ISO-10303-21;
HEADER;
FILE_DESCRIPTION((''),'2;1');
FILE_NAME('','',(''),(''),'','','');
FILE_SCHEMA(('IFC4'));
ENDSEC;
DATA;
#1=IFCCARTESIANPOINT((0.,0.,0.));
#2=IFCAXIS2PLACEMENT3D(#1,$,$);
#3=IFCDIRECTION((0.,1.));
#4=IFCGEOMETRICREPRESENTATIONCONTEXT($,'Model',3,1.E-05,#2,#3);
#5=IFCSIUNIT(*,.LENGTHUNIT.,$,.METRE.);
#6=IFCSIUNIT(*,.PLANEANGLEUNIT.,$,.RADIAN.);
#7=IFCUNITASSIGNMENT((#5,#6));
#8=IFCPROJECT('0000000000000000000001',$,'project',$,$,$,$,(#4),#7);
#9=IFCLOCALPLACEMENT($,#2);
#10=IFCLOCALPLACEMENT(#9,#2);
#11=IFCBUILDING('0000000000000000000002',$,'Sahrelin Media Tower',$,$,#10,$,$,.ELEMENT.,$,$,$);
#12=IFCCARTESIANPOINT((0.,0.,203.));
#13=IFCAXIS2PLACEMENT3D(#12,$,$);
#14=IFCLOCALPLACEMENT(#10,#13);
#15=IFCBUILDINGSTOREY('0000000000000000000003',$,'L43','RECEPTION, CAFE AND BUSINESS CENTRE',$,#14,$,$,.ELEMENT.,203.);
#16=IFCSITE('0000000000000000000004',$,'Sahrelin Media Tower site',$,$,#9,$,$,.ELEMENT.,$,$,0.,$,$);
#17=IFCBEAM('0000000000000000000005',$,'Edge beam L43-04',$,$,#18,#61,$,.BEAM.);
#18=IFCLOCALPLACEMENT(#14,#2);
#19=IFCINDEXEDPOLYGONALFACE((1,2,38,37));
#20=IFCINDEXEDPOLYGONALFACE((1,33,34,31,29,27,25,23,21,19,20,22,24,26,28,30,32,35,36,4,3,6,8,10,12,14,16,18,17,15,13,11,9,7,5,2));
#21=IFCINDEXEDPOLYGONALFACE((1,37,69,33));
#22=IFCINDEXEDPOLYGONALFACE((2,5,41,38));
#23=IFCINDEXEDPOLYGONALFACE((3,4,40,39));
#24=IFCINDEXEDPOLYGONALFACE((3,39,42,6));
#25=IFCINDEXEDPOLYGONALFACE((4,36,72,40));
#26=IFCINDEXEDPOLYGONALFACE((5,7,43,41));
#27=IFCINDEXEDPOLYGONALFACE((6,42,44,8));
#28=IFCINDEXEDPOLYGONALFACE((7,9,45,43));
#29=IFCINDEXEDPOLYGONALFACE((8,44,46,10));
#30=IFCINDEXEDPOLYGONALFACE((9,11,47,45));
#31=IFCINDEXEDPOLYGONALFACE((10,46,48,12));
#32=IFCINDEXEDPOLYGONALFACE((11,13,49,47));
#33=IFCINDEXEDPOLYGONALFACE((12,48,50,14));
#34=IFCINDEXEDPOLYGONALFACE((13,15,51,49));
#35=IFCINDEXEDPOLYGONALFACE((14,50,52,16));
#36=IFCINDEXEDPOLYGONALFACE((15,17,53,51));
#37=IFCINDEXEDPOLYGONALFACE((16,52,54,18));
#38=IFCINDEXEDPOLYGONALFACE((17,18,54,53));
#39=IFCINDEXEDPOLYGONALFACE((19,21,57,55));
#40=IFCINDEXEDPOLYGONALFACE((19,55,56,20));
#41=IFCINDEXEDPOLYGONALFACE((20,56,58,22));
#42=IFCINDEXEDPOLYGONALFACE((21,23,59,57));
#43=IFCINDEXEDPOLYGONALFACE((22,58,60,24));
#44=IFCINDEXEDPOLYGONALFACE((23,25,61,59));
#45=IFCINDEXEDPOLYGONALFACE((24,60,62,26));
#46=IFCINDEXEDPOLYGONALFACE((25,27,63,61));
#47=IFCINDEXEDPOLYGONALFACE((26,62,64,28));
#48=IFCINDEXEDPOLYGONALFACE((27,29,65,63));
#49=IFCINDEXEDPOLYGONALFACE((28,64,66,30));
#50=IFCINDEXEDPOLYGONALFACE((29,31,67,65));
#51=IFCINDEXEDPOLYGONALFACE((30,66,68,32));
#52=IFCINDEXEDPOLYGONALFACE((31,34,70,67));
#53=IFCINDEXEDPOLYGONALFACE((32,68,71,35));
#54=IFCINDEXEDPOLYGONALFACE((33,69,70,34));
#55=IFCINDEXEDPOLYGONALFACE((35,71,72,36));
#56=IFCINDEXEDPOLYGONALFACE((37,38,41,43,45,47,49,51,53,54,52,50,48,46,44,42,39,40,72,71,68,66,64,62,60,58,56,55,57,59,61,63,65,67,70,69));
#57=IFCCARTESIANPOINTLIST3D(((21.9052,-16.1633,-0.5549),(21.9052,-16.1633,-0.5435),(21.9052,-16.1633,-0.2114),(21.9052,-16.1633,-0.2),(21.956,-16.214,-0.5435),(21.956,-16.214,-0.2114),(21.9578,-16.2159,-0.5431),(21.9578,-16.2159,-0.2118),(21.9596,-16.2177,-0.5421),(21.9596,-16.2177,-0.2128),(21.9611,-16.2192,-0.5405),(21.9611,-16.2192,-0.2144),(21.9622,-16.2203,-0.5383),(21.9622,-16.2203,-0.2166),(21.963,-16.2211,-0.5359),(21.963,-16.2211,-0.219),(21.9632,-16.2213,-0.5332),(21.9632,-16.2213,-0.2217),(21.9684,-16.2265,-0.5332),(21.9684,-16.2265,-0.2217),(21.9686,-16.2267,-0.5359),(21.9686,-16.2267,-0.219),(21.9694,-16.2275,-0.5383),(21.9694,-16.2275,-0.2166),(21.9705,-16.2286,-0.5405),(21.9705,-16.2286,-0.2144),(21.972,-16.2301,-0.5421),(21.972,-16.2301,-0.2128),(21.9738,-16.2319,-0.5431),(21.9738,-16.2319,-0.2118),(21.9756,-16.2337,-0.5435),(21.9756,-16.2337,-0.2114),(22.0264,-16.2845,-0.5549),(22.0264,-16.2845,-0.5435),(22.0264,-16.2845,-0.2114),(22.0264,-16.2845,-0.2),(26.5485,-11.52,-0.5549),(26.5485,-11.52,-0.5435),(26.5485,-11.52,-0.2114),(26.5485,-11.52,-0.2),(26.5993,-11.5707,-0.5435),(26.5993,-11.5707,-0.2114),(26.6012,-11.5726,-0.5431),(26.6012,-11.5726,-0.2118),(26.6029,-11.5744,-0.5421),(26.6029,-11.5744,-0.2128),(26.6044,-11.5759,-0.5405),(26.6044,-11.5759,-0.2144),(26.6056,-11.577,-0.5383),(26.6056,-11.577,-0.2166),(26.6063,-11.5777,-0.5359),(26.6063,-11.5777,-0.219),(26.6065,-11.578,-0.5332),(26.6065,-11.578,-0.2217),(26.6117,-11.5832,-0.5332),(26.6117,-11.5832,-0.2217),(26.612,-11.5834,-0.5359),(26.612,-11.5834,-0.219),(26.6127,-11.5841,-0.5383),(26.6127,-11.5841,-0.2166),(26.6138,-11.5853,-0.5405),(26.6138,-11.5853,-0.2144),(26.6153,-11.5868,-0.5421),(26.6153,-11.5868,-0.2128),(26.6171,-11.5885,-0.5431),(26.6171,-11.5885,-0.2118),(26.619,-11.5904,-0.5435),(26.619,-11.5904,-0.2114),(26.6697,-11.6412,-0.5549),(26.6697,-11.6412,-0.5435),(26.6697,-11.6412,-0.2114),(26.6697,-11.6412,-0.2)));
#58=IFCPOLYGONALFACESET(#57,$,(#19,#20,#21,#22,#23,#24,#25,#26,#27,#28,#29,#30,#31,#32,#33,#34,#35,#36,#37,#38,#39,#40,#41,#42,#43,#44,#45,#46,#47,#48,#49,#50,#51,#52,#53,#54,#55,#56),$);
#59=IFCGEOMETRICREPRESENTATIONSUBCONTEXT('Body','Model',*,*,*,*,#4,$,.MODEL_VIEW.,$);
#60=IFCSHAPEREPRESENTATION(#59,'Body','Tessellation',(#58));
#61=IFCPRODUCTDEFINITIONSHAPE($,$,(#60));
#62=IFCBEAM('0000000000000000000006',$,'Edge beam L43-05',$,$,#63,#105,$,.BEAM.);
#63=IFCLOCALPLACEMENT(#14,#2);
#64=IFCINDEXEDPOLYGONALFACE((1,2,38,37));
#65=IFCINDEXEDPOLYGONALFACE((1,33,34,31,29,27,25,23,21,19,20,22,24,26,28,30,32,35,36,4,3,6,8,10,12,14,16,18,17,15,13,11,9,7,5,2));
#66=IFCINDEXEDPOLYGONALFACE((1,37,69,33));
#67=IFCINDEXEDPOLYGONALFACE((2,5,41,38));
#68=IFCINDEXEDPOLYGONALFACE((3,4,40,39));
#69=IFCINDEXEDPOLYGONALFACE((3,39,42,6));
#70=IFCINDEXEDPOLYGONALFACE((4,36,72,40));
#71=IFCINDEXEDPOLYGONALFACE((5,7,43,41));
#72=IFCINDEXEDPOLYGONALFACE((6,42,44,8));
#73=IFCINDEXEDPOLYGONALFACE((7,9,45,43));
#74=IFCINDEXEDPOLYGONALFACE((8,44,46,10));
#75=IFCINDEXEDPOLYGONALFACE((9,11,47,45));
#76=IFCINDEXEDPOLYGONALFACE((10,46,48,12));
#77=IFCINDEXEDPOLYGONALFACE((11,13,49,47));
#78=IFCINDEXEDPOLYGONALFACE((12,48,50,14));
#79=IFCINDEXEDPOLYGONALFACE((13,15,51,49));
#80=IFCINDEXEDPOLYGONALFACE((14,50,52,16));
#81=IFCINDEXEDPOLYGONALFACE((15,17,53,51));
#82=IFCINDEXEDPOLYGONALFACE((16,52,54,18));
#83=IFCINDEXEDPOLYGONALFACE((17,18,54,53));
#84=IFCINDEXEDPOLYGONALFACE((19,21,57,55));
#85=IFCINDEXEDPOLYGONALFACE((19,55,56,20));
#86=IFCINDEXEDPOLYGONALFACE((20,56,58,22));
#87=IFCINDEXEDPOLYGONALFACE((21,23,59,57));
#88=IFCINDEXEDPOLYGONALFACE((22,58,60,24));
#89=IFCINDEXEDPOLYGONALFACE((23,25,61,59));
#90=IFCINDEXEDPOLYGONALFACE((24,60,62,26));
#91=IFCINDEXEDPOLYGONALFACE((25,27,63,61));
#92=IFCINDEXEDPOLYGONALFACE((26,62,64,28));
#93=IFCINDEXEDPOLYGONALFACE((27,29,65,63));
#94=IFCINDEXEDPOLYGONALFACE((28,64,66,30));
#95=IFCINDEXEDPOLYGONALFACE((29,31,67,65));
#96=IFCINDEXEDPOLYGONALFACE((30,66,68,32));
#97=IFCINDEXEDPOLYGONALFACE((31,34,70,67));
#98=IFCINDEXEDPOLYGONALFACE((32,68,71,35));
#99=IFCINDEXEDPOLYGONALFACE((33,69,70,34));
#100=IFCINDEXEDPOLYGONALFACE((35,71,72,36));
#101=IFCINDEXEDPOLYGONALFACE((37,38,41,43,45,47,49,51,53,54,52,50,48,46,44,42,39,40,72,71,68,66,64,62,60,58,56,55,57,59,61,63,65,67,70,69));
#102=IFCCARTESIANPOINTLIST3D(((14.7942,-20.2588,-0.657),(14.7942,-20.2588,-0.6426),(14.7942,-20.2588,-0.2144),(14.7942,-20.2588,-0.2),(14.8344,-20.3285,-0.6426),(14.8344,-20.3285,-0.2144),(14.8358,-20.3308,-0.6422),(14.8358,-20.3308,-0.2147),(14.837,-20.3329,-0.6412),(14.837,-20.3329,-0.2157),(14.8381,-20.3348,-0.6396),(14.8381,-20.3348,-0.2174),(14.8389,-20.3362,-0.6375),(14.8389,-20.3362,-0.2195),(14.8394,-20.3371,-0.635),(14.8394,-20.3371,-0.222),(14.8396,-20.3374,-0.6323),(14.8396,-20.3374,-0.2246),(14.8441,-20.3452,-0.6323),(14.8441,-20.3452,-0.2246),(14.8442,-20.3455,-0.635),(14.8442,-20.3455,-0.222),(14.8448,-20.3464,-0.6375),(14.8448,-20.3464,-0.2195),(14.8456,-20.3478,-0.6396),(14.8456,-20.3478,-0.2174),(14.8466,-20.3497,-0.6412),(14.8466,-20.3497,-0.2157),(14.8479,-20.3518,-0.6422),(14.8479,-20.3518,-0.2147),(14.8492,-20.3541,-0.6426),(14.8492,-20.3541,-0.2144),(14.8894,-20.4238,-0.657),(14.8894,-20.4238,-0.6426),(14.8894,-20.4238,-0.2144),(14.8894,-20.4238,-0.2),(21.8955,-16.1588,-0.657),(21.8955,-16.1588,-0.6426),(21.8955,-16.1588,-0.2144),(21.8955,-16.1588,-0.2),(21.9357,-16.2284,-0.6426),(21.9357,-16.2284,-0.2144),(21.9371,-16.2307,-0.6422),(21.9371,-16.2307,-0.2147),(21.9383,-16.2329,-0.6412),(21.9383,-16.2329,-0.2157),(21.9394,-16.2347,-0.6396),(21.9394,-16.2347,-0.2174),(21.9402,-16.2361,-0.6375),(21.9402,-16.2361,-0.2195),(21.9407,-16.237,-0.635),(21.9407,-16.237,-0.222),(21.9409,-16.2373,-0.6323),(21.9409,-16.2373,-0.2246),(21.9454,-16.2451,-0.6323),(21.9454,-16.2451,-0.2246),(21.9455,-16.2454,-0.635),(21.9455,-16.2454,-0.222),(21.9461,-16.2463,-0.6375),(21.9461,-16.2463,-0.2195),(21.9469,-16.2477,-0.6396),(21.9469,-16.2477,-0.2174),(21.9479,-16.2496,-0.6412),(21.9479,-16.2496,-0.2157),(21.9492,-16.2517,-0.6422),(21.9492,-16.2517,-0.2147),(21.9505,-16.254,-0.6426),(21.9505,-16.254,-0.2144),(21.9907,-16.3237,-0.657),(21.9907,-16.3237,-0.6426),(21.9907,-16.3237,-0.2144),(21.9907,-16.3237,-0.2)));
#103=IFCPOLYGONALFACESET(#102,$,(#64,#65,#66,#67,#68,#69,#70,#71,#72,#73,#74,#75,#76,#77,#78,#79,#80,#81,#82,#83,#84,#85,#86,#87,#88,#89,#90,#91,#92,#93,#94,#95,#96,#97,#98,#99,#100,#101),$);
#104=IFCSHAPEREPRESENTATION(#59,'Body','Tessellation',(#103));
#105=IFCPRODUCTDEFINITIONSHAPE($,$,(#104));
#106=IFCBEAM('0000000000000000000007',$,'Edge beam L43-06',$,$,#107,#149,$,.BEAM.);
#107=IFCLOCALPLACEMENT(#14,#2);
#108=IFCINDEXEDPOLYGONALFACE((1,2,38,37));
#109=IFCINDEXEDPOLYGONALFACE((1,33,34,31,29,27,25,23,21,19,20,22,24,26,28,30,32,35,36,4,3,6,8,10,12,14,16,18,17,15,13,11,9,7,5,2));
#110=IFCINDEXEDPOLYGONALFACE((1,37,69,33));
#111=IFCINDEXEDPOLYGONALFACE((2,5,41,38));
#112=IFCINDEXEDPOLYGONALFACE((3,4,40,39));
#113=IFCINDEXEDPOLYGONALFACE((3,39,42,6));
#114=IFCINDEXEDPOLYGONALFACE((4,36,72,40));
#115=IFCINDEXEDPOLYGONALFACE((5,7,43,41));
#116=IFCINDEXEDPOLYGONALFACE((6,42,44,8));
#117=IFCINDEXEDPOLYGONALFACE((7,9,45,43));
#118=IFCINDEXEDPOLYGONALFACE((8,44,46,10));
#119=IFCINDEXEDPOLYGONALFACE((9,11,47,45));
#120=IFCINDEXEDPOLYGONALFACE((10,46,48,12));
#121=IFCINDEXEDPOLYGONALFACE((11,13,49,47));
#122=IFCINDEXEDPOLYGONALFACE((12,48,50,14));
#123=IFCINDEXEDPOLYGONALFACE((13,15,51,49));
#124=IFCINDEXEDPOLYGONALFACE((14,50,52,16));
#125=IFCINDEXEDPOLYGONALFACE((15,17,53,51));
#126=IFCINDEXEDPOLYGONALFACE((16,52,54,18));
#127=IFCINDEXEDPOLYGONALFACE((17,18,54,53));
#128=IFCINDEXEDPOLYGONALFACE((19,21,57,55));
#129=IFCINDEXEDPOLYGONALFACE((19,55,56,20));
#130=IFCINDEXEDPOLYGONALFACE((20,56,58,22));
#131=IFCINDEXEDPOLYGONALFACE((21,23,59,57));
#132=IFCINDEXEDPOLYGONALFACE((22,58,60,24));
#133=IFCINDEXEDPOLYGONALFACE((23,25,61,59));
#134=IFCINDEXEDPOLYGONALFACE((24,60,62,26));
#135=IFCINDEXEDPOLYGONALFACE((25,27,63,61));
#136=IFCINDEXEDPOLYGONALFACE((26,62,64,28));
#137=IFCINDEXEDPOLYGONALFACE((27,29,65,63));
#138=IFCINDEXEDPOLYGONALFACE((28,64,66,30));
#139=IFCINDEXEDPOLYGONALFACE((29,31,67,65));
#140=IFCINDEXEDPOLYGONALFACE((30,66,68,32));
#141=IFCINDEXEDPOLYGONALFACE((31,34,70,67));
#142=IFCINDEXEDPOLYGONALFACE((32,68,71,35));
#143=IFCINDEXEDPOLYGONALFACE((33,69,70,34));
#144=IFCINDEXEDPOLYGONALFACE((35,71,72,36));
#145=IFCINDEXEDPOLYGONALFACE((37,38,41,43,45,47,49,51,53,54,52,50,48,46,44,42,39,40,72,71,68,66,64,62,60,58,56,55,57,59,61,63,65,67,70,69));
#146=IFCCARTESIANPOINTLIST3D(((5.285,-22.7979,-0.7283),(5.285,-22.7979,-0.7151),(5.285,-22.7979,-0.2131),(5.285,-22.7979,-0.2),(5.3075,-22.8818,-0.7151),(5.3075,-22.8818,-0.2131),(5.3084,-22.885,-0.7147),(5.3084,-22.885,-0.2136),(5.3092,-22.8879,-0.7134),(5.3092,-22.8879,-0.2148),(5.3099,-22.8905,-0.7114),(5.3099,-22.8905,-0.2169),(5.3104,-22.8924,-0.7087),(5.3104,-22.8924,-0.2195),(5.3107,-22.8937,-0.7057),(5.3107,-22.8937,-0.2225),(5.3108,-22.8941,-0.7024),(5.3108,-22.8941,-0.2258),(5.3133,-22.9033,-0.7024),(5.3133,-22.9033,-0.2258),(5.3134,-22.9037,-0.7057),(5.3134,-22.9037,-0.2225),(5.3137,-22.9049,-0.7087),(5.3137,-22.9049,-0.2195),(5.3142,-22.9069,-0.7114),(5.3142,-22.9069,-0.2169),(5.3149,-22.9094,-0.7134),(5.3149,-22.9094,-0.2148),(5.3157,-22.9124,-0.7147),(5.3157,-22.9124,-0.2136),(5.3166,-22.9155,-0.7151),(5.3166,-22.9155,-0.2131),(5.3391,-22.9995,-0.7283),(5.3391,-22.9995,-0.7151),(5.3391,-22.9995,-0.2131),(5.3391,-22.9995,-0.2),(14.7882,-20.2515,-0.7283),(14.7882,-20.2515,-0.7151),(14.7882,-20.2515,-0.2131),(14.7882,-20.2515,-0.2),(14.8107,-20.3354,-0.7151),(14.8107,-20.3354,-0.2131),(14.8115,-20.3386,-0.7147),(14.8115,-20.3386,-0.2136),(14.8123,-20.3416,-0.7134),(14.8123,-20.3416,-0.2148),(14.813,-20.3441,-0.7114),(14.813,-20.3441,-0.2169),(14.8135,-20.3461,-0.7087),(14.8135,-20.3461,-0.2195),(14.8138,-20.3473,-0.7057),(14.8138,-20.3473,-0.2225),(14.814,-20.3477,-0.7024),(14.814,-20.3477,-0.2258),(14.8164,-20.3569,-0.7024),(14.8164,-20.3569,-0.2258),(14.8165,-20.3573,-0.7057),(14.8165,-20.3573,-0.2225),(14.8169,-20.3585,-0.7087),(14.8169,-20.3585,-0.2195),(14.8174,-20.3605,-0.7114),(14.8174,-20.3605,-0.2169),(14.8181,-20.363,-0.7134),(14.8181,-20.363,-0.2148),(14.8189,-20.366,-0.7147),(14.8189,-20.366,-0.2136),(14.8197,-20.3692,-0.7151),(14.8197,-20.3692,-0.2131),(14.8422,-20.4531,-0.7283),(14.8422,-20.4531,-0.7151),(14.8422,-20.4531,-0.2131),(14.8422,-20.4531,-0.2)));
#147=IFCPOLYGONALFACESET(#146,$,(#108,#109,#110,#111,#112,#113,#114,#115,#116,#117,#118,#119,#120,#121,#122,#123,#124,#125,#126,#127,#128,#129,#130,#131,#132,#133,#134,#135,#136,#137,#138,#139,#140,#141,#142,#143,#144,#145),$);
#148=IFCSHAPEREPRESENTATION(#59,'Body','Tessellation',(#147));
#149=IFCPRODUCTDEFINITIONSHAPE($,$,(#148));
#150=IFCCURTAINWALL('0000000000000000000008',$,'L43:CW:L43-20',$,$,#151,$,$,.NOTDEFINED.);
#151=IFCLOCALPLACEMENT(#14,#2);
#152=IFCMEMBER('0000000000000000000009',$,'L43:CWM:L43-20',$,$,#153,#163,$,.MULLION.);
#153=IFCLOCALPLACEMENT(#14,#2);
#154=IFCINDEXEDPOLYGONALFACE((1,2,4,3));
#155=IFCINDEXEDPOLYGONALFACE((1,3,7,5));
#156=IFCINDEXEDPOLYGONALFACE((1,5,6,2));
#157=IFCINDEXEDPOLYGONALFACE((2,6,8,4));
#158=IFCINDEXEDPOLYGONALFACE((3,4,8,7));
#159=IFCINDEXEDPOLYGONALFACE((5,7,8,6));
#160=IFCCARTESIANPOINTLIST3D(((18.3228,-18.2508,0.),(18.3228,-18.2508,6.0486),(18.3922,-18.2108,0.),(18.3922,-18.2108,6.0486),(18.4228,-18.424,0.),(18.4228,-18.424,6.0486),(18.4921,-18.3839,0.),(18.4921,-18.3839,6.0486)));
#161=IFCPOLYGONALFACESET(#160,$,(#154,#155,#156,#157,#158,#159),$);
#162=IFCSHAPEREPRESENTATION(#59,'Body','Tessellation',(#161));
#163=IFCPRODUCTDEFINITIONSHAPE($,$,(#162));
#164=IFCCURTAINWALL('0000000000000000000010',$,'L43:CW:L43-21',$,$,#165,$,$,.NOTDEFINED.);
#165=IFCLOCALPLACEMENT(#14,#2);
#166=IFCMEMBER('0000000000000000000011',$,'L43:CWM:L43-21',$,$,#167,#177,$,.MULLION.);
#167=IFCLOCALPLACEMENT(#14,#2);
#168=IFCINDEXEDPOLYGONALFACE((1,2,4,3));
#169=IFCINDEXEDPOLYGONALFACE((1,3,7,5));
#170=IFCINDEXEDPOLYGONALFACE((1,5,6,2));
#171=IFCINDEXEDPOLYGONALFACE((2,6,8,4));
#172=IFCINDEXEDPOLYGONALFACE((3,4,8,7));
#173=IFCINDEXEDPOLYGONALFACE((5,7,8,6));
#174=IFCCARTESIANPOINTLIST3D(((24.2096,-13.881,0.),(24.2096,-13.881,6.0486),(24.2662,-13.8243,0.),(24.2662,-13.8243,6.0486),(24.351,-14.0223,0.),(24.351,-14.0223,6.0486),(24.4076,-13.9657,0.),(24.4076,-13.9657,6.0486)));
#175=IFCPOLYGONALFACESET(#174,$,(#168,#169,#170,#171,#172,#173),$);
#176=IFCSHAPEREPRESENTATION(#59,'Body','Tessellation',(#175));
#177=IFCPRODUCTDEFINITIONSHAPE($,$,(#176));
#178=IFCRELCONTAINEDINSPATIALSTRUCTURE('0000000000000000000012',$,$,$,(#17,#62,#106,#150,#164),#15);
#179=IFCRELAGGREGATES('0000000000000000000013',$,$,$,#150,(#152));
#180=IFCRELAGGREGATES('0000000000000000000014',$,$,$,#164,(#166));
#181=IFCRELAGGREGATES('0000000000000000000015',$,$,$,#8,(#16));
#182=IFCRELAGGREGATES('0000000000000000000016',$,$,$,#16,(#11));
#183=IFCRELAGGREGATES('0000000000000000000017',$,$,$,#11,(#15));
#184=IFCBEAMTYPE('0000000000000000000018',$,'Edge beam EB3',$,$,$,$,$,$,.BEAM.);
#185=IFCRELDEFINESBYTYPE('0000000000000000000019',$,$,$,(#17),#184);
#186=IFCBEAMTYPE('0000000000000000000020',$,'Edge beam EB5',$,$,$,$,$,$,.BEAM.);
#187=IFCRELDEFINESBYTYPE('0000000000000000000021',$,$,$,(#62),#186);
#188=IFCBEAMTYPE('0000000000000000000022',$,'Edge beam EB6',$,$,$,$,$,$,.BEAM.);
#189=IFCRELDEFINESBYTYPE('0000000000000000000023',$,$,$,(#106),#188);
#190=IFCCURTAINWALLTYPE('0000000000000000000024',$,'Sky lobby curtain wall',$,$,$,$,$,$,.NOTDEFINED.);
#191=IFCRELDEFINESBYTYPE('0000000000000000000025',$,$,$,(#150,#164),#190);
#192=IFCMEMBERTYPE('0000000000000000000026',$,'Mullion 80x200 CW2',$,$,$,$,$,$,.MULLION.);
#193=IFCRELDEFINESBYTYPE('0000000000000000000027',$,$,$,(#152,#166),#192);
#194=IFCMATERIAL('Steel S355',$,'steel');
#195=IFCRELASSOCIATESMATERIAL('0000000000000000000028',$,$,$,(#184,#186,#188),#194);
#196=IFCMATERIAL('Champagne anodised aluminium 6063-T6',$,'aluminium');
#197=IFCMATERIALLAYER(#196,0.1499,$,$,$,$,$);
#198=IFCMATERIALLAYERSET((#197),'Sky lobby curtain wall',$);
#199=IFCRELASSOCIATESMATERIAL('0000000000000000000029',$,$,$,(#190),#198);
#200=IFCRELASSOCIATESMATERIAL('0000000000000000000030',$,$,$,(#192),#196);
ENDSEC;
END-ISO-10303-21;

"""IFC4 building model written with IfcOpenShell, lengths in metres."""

from ifc_helpers import new_model, si_unit, direction, frame, origin, origin_2d, place, context, subcontext, project, spatial, rectangle, i_section, extrude, material, layer, layer_set, material_profile, profile_set, type_object, element, aggregate, save


model = new_model("IFC4")

# Units and contexts
model_context = context("Model", 3, precision=1e-05, world=origin(), true_north=direction((0.0, 1.0)))
body_context = subcontext(model_context, "Body", "Model", "MODEL_VIEW")
ifc_project = project(units=[si_unit("LENGTHUNIT", "METRE"), si_unit("PLANEANGLEUNIT", "RADIAN")], contexts=[model_context])

# Site, building, storey
site_placement = place(None, origin())
site = spatial("IfcSite", under=ifc_project, at=site_placement, Name="Sahrelin Media Tower site", CompositionType="ELEMENT", RefElevation=0.0)
building_placement = place(site_placement, origin())
building = spatial("IfcBuilding", under=site, at=building_placement, Name="Sahrelin Media Tower", CompositionType="ELEMENT")
storey_placement = place(building_placement, frame((0.0, 0.0, 203.0)))
storey = spatial("IfcBuildingStorey", under=building, at=storey_placement, Name="L43", Description="RECEPTION, CAFE AND BUSINESS CENTRE", CompositionType="ELEMENT", Elevation=203.0)

# Beams
ifc_material_1 = material(Name="Steel S355", Category="steel")
ifc_material_profile_1 = material_profile(ifc_material_1, i_section(OverallWidth=0.1714, OverallDepth=0.355, WebThickness=0.0073, FlangeThickness=0.0115, FilletRadius=0.0103, at=origin_2d()), Name="UB 356x171x51")
ifc_profile_set_1 = profile_set([ifc_material_profile_1], Name="Steel S355")
beam_type_1 = type_object("IfcBeamType", Name="Edge beam EB3", PredefinedType="BEAM", material=ifc_profile_set_1)
beam_1_placement = place(storey_placement, frame((26.6091, -11.5806, -0.3774), z_axis=(-0.707107, -0.707107, 0.0), x_axis=(0.707107, -0.707107, 0.0)))
element("IfcBeam", 1, at=beam_1_placement, inside=storey, type_object=beam_type_1, Name="Edge beam L43-04", PredefinedType="BEAM", context=body_context, shape_type="SweptSolid", body=[
    extrude(i_section(OverallWidth=0.1714, OverallDepth=0.355, WebThickness=0.0073, FlangeThickness=0.0115, FilletRadius=0.0103, at=origin_2d()), origin(), (0.0, 0.0, 1.0), 6.5667),
])
ifc_material_profile_2 = material_profile(ifc_material_1, i_section(OverallWidth=0.1904, OverallDepth=0.457, WebThickness=0.009, FlangeThickness=0.0144, FilletRadius=0.0103, at=origin_2d()), Name="UB 457x191x74")
ifc_profile_set_2 = profile_set([ifc_material_profile_2], Name="Steel S355")
beam_type_2 = type_object("IfcBeamType", Name="Edge beam EB5", PredefinedType="BEAM", material=ifc_profile_set_2)
beam_2_placement = place(storey_placement, frame((21.9431, -16.2412, -0.4285), z_axis=(-0.866018, -0.500014, 0.0), x_axis=(0.500014, -0.866018, 0.0)))
element("IfcBeam", 2, at=beam_2_placement, inside=storey, type_object=beam_type_2, Name="Edge beam L43-05", PredefinedType="BEAM", context=body_context, shape_type="SweptSolid", body=[
    extrude(i_section(OverallWidth=0.1904, OverallDepth=0.457, WebThickness=0.009, FlangeThickness=0.0144, FilletRadius=0.0103, at=origin_2d()), origin(), (0.0, 0.0, 1.0), 8.2),
])
ifc_material_profile_3 = material_profile(ifc_material_1, i_section(OverallWidth=0.2087, OverallDepth=0.5283, WebThickness=0.0095, FlangeThickness=0.0132, FilletRadius=0.0127, at=origin_2d()), Name="UB 533x210x82")
ifc_profile_set_3 = profile_set([ifc_material_profile_3], Name="Steel S355")
beam_type_3 = type_object("IfcBeamType", Name="Edge beam EB6", PredefinedType="BEAM", material=ifc_profile_set_3)
beam_3_placement = place(storey_placement, frame((14.8152, -20.3523, -0.4641), z_axis=(-0.965925, -0.258821, 0.0), x_axis=(0.258821, -0.965925, 0.0)))
element("IfcBeam", 3, at=beam_3_placement, inside=storey, type_object=beam_type_3, Name="Edge beam L43-06", PredefinedType="BEAM", context=body_context, shape_type="SweptSolid", body=[
    extrude(i_section(OverallWidth=0.2087, OverallDepth=0.5283, WebThickness=0.0095, FlangeThickness=0.0132, FilletRadius=0.0127, at=origin_2d()), origin(), (0.0, 0.0, 1.0), 9.8384),
])

# Curtain walls, members
ifc_material_2 = material(Name="Champagne anodised aluminium 6063-T6", Category="aluminium")
ifc_layer_1 = layer(ifc_material_2, 0.1499)
ifc_layer_set_1 = layer_set([ifc_layer_1], Name="Sky lobby curtain wall")
curtain_wall_type = type_object("IfcCurtainWallType", Name="Sky lobby curtain wall", PredefinedType="NOTDEFINED", material=ifc_layer_set_1)
curtain_wall_1_placement = place(storey_placement, frame((18.4673, -18.4211, 0.0), z_axis=(0.0, 0.0, 1.0), x_axis=(1.0, 0.0, 0.0)))
curtain_wall_1 = element("IfcCurtainWall", 4, at=curtain_wall_1_placement, inside=storey, type_object=curtain_wall_type, Name="L43:CW:L43-20", PredefinedType="NOTDEFINED")
ifc_material_profile_4 = material_profile(ifc_material_2, rectangle(XDim=0.0801, YDim=0.2, at=origin_2d()), Name="Mullion 80x200")
ifc_profile_set_4 = profile_set([ifc_material_profile_4], Name="Champagne anodised aluminium 6063-T6")
member_type_1 = type_object("IfcMemberType", Name="Mullion 80x200 CW2", PredefinedType="MULLION", material=ifc_profile_set_4)
member_1_placement = place(storey_placement, frame((18.4075, -18.3174, 0.0), z_axis=(0.0, 0.0, 1.0), x_axis=(0.866027, 0.499997, 0.0)))
member_1 = element("IfcMember", 5, at=member_1_placement, type_object=member_type_1, Name="L43:CWM:L43-20", PredefinedType="MULLION", context=body_context, shape_type="SweptSolid", body=[
    extrude(rectangle(XDim=0.0801, YDim=0.2, at=origin_2d()), origin(), (0.0, 0.0, 1.0), 6.0486),
])
curtain_wall_2_placement = place(storey_placement, frame((24.3936, -14.0083, 0.0), z_axis=(0.0, 0.0, 1.0), x_axis=(1.0, 0.0, 0.0)))
curtain_wall_2 = element("IfcCurtainWall", 6, at=curtain_wall_2_placement, inside=storey, type_object=curtain_wall_type, Name="L43:CW:L43-21", PredefinedType="NOTDEFINED")
member_2_placement = place(storey_placement, frame((24.3086, -13.9233, 0.0), z_axis=(0.0, 0.0, 1.0), x_axis=(0.707107, 0.707107, 0.0)))
member_2 = element("IfcMember", 7, at=member_2_placement, type_object=member_type_1, Name="L43:CWM:L43-21", PredefinedType="MULLION", context=body_context, shape_type="SweptSolid", body=[
    extrude(rectangle(XDim=0.0801, YDim=0.2, at=origin_2d()), origin(), (0.0, 0.0, 1.0), 6.0486),
])

aggregate(curtain_wall_1, [member_1])
aggregate(curtain_wall_2, [member_2])

save(model, "model.ifc")
